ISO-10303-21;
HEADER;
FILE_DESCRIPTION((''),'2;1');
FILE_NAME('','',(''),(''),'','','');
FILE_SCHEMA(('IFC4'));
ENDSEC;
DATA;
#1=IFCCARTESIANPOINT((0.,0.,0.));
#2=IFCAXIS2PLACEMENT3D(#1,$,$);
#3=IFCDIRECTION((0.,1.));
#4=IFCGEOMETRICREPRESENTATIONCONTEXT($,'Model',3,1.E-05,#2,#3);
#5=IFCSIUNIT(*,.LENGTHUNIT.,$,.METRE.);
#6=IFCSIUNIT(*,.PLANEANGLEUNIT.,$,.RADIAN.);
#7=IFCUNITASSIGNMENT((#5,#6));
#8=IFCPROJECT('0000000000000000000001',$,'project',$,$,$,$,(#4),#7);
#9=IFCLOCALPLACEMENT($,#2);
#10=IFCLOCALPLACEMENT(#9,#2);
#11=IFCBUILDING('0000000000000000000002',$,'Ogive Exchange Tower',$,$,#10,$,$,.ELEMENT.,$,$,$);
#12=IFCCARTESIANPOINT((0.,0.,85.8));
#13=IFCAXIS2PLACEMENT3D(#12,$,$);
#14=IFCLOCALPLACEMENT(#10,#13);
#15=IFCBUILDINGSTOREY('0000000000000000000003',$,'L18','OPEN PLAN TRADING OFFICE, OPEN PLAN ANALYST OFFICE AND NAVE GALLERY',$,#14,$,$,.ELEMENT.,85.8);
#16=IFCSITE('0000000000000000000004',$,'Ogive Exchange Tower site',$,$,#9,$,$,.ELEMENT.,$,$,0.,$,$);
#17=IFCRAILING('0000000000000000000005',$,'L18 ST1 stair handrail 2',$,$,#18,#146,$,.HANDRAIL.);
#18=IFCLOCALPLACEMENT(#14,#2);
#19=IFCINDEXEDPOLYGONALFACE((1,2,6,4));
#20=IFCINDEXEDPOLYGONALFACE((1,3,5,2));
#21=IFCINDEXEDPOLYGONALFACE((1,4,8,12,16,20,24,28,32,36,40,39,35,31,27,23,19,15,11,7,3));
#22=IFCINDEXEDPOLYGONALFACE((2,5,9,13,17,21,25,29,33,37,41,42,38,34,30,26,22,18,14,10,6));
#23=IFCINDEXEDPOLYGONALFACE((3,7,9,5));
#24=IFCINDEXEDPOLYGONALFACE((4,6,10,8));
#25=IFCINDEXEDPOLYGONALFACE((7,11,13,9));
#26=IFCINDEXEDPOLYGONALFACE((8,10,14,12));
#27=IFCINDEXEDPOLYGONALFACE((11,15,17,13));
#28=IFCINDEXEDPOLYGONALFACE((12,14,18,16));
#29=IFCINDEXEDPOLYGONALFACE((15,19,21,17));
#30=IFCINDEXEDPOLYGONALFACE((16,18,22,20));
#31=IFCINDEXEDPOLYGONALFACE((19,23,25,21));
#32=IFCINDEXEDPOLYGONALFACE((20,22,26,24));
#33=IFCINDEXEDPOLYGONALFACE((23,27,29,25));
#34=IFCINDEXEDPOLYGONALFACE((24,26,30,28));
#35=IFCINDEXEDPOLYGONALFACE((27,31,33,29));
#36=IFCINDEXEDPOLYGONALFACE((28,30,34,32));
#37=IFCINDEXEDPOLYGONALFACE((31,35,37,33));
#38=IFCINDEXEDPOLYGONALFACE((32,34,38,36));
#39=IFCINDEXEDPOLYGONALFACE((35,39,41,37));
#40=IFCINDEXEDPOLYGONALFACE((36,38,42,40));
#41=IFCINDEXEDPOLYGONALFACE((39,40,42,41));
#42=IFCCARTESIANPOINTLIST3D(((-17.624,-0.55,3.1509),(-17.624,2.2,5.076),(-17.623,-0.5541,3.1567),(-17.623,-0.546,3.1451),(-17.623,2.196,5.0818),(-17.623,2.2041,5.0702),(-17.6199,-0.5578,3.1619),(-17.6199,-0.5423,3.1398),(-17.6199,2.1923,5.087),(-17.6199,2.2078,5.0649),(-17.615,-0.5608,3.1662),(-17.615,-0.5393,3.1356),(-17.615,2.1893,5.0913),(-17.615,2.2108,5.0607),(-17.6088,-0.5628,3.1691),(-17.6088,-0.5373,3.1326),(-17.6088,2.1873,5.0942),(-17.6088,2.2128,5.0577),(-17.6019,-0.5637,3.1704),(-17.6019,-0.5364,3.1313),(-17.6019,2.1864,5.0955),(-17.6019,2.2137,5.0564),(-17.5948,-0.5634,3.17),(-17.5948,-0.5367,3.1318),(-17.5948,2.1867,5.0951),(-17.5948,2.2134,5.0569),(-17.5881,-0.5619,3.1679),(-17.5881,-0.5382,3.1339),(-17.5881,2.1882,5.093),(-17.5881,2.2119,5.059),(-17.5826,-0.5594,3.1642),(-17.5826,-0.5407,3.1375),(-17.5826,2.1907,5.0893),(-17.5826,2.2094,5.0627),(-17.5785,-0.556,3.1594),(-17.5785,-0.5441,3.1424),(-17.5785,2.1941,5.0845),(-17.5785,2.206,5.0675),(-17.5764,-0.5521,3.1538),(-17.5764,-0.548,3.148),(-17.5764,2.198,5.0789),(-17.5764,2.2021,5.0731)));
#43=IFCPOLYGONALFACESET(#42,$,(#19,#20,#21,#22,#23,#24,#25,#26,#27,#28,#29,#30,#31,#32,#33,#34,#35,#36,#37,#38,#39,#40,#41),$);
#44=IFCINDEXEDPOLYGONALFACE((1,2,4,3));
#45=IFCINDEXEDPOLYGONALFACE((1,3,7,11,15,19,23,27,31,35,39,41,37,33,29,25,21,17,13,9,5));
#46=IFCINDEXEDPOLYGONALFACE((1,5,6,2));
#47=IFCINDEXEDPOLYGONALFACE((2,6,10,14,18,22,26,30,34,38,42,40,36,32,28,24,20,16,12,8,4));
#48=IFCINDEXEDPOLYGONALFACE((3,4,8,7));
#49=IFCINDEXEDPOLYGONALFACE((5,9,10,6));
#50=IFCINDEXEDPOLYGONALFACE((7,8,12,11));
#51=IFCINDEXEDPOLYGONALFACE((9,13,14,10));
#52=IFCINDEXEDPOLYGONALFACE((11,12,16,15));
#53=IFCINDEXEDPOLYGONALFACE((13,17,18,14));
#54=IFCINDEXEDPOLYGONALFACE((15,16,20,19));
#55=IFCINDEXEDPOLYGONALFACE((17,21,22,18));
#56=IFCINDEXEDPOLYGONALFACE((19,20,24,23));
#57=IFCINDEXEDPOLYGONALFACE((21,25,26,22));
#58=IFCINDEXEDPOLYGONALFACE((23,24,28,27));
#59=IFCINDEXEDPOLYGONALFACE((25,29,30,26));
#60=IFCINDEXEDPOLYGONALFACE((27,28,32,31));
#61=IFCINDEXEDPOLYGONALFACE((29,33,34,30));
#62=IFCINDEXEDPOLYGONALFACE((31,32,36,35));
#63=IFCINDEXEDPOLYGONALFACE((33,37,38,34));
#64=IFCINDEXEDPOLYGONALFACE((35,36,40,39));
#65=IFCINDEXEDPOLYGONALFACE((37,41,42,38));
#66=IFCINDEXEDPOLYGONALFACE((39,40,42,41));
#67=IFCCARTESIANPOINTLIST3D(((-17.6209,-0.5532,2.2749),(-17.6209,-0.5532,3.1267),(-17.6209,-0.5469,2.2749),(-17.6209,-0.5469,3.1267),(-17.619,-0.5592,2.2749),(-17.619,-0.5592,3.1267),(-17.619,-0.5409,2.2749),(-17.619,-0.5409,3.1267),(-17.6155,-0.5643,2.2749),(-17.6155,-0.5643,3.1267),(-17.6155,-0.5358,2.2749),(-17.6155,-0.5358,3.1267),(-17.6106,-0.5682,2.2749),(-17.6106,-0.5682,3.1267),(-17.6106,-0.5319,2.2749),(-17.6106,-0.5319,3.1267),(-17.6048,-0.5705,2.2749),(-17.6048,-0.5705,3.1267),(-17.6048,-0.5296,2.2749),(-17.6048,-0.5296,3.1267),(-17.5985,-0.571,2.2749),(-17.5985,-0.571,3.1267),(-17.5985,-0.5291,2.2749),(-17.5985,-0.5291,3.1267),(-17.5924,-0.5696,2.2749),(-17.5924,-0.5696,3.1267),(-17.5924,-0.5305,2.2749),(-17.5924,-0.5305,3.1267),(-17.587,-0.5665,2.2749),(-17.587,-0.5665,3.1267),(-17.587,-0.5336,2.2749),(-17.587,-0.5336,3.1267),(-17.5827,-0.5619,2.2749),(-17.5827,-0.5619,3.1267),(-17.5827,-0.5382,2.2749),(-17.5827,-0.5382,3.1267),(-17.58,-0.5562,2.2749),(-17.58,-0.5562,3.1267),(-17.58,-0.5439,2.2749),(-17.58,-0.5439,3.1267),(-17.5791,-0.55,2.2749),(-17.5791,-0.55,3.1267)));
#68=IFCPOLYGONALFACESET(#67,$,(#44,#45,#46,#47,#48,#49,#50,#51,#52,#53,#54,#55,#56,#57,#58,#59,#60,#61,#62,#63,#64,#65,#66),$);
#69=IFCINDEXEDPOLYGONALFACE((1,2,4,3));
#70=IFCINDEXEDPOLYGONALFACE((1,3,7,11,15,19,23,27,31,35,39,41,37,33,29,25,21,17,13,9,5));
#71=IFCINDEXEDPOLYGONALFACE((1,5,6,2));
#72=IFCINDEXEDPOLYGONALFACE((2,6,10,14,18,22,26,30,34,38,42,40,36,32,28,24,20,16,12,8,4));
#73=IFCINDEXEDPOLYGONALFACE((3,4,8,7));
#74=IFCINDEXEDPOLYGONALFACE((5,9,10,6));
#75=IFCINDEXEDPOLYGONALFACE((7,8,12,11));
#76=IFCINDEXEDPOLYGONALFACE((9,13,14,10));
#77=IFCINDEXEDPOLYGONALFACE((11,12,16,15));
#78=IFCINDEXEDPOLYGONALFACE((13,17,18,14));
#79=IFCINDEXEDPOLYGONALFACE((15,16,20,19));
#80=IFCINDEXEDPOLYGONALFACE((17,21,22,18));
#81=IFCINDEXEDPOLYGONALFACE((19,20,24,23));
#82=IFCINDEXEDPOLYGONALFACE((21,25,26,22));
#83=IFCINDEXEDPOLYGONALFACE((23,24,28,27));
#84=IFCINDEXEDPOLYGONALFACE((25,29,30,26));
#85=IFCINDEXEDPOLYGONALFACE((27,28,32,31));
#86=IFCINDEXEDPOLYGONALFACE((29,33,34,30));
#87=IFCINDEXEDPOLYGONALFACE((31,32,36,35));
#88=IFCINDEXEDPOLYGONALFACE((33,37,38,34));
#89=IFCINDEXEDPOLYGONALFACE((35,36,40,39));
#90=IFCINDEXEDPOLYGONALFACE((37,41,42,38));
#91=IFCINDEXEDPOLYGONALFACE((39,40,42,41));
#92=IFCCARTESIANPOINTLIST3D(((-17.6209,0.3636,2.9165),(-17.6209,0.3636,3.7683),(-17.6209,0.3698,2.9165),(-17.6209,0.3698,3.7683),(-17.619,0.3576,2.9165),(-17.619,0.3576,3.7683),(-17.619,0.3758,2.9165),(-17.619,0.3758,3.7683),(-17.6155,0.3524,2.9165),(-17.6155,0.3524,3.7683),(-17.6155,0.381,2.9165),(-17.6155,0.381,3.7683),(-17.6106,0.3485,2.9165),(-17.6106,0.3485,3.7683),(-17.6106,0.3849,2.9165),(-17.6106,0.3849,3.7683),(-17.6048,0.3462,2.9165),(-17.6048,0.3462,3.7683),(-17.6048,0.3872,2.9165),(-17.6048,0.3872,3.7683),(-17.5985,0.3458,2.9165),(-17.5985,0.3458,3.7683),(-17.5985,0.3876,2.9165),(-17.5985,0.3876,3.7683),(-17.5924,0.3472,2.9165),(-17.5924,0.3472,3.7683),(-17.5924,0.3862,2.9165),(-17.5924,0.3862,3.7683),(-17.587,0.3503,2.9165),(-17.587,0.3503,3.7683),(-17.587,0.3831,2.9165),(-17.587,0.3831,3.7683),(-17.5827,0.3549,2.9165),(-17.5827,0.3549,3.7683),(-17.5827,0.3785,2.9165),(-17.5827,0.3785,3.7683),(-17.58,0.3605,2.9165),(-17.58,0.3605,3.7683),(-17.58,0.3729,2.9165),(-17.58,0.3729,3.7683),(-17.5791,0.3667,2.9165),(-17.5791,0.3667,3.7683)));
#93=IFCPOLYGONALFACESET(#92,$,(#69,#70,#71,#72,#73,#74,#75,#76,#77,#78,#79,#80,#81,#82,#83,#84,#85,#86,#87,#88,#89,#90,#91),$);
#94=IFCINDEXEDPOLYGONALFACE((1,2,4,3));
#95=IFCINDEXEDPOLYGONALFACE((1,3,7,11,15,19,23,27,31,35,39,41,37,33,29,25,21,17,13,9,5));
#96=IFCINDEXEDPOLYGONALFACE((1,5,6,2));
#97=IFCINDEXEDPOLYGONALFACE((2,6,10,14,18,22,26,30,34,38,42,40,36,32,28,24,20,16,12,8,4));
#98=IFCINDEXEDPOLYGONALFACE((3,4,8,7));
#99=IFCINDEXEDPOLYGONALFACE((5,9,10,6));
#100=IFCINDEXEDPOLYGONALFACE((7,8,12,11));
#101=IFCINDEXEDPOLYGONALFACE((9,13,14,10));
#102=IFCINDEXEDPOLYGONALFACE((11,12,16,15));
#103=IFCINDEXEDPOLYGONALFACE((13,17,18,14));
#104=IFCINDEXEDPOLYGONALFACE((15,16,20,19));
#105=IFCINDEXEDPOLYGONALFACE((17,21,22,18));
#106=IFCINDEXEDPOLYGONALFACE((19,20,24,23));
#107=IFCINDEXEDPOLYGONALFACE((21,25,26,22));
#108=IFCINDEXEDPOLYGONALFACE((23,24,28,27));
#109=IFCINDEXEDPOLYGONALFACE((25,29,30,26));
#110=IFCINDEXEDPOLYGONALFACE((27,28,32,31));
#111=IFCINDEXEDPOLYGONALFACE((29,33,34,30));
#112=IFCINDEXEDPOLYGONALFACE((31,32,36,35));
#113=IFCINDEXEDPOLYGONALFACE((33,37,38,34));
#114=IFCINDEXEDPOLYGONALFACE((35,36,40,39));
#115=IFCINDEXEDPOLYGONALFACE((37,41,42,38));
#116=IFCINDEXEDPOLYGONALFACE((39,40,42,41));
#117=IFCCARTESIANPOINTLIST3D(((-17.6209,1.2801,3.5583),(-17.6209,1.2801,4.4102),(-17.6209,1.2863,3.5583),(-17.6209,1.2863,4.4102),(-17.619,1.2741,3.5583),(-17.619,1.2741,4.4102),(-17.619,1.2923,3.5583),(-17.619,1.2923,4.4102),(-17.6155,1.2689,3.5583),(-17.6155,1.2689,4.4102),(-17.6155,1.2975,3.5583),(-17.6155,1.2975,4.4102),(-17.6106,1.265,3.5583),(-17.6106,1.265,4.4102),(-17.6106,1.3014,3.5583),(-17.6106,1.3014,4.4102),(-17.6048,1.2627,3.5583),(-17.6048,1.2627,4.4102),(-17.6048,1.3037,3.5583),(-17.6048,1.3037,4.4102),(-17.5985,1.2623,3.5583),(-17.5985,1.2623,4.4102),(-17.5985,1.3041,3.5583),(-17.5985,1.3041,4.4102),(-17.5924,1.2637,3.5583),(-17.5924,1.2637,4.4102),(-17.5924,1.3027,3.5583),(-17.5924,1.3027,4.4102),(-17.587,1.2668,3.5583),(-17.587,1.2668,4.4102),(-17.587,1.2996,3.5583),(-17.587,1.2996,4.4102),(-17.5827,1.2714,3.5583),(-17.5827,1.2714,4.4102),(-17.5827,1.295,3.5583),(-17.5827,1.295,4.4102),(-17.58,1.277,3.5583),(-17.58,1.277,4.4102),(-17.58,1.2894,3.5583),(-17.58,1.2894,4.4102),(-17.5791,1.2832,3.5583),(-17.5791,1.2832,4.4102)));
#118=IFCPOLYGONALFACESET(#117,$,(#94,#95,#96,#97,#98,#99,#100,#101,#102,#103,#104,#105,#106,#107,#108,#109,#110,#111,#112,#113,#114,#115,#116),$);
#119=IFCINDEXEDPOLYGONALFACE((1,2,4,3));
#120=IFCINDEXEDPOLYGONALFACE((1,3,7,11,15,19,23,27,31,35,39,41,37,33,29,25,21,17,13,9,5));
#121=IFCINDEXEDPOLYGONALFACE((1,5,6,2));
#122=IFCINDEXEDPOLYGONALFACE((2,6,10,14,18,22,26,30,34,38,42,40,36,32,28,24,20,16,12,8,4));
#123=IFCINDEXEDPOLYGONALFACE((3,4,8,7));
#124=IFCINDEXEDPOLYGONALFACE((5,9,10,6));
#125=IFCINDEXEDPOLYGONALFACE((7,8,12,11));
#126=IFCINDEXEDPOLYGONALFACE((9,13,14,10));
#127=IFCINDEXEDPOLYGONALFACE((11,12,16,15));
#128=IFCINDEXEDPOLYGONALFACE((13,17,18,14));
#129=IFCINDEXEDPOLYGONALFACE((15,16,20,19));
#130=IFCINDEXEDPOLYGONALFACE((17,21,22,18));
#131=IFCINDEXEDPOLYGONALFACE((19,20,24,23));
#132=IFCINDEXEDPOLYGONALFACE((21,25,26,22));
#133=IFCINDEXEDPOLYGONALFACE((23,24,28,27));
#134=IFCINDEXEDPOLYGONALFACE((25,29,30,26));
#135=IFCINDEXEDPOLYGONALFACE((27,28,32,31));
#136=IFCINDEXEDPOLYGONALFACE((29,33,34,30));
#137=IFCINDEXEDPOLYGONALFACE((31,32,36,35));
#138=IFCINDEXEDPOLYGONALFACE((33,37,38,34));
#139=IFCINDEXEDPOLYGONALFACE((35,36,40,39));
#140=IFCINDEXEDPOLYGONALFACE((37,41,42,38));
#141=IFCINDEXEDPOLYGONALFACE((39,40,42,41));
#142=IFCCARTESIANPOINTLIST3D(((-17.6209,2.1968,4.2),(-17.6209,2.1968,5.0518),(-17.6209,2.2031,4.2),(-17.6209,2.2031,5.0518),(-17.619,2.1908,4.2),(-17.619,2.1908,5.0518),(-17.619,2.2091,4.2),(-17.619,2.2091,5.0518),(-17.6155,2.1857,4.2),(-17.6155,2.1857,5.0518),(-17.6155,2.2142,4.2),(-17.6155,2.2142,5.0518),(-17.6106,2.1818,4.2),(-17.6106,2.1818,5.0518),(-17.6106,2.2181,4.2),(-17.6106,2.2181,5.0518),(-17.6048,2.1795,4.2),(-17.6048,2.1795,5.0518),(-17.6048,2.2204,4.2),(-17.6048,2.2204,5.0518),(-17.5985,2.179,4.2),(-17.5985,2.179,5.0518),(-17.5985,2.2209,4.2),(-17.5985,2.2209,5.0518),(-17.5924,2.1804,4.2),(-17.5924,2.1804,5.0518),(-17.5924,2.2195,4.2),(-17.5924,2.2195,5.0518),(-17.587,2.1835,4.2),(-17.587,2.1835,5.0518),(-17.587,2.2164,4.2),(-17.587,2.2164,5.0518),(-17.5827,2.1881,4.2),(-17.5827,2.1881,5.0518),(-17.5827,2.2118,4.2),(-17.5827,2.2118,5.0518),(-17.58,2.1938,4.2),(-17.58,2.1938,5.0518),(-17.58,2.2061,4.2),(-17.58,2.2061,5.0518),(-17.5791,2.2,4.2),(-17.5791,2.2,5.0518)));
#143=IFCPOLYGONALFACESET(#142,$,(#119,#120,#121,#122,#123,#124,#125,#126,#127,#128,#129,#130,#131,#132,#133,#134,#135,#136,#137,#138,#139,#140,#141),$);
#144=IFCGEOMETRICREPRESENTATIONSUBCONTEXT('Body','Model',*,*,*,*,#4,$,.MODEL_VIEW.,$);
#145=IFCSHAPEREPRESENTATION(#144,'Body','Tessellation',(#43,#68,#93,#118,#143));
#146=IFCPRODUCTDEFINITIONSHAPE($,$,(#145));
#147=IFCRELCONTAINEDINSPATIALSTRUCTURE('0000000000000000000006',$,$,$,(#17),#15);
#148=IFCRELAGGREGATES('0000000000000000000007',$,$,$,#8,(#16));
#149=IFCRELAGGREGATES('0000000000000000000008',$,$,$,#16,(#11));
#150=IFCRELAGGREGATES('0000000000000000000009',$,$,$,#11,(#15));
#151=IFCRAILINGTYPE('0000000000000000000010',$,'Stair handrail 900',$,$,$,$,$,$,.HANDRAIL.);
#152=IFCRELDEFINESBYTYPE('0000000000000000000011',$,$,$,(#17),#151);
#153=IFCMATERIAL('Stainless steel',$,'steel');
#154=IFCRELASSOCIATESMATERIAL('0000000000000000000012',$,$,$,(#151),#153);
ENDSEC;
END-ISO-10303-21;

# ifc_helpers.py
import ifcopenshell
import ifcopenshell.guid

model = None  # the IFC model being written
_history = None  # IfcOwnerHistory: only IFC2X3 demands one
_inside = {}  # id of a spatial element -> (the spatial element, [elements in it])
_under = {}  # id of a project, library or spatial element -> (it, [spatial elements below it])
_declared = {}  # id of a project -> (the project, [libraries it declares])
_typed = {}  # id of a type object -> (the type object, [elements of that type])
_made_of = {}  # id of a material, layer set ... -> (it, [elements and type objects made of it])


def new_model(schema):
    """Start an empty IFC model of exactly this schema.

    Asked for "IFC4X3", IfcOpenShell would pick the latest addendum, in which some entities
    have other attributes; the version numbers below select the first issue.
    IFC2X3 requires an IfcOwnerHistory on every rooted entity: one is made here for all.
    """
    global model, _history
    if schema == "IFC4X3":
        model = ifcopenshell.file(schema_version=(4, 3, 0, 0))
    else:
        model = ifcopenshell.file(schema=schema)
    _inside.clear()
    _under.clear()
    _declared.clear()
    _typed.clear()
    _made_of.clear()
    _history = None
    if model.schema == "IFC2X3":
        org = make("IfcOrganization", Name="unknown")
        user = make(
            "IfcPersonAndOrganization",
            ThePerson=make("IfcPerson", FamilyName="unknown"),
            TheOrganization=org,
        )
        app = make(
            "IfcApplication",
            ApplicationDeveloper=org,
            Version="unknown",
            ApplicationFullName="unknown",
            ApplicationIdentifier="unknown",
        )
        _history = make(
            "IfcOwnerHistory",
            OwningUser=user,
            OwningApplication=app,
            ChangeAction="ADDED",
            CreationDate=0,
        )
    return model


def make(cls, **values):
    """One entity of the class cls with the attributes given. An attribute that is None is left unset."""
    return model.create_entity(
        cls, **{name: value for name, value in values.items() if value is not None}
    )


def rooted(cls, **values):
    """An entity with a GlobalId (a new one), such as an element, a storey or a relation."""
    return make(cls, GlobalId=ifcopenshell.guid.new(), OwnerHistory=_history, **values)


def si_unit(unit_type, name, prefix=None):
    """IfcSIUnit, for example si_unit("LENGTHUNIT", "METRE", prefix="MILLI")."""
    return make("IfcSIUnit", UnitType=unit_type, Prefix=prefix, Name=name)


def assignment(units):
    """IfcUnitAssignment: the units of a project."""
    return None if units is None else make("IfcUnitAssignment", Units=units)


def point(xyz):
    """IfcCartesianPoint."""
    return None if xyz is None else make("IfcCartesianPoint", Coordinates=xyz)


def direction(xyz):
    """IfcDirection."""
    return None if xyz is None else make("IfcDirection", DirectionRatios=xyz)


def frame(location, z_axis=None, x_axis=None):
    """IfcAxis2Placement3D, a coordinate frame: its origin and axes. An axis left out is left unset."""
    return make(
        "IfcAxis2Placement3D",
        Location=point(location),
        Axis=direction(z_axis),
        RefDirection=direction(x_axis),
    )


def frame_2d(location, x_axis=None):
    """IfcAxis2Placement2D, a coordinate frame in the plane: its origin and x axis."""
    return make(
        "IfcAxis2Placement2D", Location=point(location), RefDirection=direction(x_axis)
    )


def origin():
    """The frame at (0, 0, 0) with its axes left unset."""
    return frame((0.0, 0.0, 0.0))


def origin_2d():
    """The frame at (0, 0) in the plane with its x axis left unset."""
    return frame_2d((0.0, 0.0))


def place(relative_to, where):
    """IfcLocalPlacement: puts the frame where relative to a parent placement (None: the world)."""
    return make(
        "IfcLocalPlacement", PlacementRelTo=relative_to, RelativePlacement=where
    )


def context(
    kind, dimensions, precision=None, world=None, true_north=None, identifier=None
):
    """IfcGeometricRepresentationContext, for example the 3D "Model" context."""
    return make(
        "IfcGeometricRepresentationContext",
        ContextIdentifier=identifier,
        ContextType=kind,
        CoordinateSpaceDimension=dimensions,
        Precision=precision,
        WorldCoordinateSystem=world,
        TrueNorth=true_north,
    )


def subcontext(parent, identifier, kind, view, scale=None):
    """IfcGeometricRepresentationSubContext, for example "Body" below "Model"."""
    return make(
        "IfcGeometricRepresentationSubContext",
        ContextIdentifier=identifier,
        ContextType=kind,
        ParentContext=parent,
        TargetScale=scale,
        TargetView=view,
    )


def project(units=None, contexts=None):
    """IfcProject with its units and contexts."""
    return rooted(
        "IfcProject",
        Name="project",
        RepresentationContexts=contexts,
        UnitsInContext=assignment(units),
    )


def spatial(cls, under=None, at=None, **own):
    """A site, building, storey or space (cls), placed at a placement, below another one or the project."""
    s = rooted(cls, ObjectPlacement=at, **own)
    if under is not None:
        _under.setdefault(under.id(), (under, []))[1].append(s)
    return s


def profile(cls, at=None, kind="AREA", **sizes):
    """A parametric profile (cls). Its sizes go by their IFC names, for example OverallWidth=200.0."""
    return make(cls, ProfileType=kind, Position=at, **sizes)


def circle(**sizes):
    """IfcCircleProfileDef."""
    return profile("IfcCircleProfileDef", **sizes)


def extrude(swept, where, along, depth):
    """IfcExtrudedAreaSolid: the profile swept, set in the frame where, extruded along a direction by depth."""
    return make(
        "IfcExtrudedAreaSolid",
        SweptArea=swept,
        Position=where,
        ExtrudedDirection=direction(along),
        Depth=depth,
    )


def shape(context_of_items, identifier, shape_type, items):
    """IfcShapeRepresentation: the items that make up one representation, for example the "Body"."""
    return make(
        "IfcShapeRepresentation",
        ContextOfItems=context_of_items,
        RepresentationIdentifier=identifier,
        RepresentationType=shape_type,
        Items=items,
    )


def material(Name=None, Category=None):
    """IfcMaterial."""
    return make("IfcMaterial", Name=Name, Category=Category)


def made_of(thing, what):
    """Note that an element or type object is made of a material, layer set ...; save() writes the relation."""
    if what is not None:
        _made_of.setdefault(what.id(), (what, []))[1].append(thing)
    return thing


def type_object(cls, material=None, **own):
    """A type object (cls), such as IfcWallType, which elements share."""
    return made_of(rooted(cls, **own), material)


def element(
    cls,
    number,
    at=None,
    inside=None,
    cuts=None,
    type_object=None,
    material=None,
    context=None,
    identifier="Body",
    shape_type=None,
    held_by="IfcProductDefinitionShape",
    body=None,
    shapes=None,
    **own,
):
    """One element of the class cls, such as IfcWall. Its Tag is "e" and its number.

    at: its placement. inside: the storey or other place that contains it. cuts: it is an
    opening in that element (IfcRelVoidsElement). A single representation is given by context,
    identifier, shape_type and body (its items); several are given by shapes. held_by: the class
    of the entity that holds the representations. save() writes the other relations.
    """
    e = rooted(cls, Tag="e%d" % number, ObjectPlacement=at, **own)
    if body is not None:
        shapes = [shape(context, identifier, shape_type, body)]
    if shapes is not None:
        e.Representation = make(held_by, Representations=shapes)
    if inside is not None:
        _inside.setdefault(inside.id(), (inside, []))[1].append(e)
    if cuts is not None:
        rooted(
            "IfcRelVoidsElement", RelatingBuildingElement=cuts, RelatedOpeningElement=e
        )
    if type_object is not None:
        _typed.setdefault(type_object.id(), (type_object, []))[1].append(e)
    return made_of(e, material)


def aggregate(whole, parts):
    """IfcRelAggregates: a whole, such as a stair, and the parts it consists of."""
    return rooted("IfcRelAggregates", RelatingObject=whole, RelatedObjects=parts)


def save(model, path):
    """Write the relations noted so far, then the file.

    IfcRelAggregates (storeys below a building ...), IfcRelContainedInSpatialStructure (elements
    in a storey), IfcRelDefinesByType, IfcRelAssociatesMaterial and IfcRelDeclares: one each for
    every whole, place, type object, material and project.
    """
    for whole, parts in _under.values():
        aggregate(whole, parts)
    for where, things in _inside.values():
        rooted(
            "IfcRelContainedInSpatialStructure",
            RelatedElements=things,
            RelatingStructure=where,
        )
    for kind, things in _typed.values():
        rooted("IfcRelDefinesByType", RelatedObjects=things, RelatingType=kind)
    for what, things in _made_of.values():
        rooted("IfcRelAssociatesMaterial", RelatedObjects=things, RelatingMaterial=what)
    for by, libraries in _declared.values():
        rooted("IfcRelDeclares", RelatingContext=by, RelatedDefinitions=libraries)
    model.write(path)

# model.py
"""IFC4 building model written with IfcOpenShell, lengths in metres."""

from ifc_helpers import new_model, si_unit, direction, frame, origin, origin_2d, place, context, subcontext, project, spatial, circle, extrude, material, type_object, element, save


model = new_model("IFC4")

# Units and contexts
model_context = context("Model", 3, precision=1e-05, world=origin(), true_north=direction((0.0, 1.0)))
body_context = subcontext(model_context, "Body", "Model", "MODEL_VIEW")
ifc_project = project(units=[si_unit("LENGTHUNIT", "METRE"), si_unit("PLANEANGLEUNIT", "RADIAN")], contexts=[model_context])

# Site, building, storey
site_placement = place(None, origin())
site = spatial("IfcSite", under=ifc_project, at=site_placement, Name="Ogive Exchange Tower site", CompositionType="ELEMENT", RefElevation=0.0)
building_placement = place(site_placement, origin())
building = spatial("IfcBuilding", under=site, at=building_placement, Name="Ogive Exchange Tower", CompositionType="ELEMENT")
storey_placement = place(building_placement, frame((0.0, 0.0, 85.8)))
storey = spatial("IfcBuildingStorey", under=building, at=storey_placement, Name="L18", Description="OPEN PLAN TRADING OFFICE, OPEN PLAN ANALYST OFFICE AND NAVE GALLERY", CompositionType="ELEMENT", Elevation=85.8)

# Shared definitions
ifc_material_1 = material(Name="Stainless steel", Category="steel")

# Railing
railing_type = type_object("IfcRailingType", Name="Stair handrail 900", PredefinedType="HANDRAIL", material=ifc_material_1)
railing_placement = place(storey_placement, frame((-17.6001, -0.55, 2.2749)))
element("IfcRailing", 1, at=railing_placement, inside=storey, type_object=railing_type, Name="L18 ST1 stair handrail 2", PredefinedType="HANDRAIL", context=body_context, shape_type="SweptSolid", body=[
    extrude(circle(Radius=0.0239, at=origin_2d()), frame((0.0, 0.0, 0.876), z_axis=(0.0, 0.819225, 0.573472), x_axis=(-1.0, 0.0, 0.0)), (0.0, 0.0, 1.0), 3.3569),
    extrude(circle(Radius=0.021, at=origin_2d()), origin(), (0.0, 0.0, 1.0), 0.8518),
    extrude(circle(Radius=0.021, at=origin_2d()), frame((0.0, 0.9167, 0.6416)), (0.0, 0.0, 1.0), 0.8518),
    extrude(circle(Radius=0.021, at=origin_2d()), frame((0.0, 1.8333, 1.2834)), (0.0, 0.0, 1.0), 0.8518),
    extrude(circle(Radius=0.021, at=origin_2d()), frame((0.0, 2.75, 1.925)), (0.0, 0.0, 1.0), 0.8518),
])

save(model, "model.ifc")
